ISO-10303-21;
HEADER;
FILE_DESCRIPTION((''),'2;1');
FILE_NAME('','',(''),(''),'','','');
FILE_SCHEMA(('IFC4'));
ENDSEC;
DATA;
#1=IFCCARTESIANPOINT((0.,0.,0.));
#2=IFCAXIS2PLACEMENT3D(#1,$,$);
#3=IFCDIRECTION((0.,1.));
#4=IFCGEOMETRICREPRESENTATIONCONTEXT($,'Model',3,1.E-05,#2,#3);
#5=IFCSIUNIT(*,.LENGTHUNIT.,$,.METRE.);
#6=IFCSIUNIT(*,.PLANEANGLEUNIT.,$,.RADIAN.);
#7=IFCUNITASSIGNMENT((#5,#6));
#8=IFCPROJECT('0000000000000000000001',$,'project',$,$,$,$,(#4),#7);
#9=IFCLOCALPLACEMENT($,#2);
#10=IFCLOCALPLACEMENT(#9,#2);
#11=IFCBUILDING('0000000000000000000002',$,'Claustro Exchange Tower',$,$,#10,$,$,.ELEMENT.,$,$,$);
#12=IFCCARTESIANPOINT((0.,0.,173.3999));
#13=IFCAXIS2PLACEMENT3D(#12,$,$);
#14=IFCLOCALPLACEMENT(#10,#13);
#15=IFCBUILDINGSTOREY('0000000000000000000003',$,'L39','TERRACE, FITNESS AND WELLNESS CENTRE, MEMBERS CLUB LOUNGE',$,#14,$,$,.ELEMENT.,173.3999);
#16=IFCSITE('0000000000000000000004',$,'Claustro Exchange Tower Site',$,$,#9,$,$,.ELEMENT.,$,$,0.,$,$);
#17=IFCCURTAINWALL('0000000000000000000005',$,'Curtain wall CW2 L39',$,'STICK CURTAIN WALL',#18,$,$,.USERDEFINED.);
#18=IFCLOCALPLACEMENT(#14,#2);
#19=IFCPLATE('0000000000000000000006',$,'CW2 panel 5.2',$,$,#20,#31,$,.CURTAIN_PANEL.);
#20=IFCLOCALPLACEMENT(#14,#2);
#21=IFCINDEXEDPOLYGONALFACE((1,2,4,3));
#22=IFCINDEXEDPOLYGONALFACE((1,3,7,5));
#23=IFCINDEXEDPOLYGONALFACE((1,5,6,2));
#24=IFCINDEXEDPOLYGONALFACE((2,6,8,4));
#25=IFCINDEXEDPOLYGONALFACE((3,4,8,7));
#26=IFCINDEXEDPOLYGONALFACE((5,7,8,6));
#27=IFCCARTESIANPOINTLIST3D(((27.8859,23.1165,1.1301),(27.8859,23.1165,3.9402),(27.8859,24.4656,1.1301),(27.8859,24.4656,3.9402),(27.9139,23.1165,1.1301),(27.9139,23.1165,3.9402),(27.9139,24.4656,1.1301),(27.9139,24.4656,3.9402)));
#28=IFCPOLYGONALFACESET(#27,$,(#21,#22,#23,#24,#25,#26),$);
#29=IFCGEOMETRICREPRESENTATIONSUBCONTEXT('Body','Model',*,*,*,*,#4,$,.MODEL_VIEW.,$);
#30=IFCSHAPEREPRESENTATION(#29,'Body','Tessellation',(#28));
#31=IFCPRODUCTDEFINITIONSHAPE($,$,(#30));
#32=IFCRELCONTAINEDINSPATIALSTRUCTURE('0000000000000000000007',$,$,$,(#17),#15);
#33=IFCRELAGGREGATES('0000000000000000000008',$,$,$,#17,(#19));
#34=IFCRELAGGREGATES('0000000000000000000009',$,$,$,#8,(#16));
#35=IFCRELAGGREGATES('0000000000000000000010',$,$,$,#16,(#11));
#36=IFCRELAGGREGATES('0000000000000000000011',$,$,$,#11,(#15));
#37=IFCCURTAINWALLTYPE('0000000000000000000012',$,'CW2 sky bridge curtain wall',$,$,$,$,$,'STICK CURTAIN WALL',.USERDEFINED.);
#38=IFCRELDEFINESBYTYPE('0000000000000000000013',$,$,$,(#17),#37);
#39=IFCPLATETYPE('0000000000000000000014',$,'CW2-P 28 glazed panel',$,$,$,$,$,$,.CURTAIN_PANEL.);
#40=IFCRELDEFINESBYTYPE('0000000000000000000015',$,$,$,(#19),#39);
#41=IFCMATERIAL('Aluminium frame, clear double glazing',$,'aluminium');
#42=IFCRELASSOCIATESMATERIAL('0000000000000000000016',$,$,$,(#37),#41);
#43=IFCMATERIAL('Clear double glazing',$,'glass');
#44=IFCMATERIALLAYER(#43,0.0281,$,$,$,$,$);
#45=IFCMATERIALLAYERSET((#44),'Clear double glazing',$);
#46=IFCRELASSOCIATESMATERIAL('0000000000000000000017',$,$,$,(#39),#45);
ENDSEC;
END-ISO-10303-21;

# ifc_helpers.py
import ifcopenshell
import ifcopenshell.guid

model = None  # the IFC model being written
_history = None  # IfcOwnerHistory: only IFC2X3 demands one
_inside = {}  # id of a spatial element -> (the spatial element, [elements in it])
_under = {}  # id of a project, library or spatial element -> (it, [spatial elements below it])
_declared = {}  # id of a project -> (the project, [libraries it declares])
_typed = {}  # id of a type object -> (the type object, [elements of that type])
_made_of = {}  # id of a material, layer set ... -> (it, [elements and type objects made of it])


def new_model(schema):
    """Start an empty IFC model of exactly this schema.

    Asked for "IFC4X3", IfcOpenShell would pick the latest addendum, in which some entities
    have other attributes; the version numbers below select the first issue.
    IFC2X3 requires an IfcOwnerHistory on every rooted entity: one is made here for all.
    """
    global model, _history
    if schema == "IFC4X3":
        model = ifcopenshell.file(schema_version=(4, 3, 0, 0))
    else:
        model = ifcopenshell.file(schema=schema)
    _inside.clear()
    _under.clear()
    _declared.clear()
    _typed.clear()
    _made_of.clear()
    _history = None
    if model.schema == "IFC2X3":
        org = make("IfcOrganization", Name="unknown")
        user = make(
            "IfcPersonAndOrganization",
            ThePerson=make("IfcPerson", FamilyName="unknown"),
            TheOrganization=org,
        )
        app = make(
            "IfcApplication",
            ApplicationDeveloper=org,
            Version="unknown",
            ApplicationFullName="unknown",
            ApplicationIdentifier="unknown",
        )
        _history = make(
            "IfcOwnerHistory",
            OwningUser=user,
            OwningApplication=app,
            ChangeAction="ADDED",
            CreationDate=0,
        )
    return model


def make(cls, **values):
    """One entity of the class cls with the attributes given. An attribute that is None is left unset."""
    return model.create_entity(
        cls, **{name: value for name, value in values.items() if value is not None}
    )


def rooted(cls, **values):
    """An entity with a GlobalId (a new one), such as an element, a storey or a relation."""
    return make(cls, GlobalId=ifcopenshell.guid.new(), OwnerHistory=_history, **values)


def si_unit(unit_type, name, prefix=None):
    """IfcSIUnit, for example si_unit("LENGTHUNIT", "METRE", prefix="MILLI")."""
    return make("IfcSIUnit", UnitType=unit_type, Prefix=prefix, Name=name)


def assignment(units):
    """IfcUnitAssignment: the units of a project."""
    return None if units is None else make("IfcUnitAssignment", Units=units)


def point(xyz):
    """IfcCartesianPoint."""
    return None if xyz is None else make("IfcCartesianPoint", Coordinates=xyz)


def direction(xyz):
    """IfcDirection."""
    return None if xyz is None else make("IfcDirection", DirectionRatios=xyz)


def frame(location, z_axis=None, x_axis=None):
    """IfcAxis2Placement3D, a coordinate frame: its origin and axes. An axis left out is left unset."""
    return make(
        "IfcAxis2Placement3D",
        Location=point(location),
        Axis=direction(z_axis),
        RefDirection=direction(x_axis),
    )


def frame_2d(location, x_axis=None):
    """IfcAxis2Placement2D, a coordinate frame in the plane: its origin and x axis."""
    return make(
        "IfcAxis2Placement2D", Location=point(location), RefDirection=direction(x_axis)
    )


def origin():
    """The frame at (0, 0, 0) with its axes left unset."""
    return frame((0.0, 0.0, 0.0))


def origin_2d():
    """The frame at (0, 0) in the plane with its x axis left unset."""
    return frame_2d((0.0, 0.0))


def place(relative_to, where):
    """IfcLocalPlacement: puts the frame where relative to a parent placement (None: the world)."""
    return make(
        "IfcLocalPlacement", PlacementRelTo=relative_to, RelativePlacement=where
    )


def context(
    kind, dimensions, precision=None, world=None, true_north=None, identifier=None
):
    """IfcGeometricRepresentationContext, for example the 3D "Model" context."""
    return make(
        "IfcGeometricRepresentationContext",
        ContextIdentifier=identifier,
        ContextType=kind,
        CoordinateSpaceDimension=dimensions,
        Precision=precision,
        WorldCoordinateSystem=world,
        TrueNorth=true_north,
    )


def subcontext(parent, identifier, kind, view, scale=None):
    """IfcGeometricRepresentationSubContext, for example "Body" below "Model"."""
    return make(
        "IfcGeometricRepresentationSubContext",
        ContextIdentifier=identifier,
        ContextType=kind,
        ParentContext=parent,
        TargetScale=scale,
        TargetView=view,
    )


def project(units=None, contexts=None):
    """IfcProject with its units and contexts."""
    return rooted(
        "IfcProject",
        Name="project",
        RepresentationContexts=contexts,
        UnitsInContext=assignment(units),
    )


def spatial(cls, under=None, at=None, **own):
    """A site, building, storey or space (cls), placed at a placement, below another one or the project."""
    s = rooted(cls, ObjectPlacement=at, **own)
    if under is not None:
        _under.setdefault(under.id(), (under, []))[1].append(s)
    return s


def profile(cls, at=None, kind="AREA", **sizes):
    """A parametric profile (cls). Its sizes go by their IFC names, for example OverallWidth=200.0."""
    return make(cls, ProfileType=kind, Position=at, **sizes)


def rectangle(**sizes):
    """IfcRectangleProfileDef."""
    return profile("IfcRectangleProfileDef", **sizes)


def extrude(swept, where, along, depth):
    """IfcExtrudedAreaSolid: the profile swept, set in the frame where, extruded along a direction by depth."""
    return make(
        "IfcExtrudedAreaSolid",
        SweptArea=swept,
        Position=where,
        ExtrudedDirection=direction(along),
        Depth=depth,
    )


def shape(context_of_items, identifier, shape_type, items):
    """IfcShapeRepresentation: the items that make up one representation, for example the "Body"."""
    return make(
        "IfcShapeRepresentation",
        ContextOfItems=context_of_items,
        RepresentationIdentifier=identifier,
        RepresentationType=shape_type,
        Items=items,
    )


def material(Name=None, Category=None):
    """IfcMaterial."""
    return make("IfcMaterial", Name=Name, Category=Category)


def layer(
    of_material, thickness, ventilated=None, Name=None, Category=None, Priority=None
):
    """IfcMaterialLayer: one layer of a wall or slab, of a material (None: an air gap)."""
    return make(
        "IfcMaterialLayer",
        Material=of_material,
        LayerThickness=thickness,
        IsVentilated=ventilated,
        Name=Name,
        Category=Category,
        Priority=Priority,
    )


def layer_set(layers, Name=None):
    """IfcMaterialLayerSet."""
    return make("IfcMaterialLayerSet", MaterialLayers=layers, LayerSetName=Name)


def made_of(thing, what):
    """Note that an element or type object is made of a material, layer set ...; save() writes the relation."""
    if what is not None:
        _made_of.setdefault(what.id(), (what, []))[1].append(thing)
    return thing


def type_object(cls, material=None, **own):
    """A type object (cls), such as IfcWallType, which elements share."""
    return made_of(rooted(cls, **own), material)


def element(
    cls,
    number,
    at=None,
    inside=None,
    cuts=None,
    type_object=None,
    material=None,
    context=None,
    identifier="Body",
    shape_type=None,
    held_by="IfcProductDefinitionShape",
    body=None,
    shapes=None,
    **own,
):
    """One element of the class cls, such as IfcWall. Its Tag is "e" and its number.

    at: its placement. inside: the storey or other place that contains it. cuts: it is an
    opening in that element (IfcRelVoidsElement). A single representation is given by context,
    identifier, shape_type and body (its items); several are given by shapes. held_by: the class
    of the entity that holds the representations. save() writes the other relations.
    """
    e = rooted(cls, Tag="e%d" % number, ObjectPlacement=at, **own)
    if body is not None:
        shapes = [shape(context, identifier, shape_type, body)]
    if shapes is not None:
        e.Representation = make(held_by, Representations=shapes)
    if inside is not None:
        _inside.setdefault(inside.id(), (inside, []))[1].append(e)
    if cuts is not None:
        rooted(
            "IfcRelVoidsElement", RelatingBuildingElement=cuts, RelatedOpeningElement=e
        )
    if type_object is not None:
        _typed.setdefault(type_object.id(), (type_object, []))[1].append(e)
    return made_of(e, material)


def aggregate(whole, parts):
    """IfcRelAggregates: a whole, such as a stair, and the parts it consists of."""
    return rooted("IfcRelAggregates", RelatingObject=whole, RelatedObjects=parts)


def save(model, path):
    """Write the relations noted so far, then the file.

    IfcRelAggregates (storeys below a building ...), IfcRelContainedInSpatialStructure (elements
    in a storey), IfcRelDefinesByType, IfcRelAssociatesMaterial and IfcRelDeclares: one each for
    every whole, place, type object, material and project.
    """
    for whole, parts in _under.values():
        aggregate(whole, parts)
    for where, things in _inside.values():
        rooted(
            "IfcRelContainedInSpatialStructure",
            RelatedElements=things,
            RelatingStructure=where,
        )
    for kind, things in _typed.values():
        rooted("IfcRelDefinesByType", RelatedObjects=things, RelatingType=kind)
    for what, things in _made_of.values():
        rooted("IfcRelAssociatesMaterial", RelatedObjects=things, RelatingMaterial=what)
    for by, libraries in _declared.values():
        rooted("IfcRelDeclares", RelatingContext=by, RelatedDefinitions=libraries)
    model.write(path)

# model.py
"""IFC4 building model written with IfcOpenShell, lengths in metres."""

from ifc_helpers import new_model, si_unit, direction, frame, origin, origin_2d, place, context, subcontext, project, spatial, rectangle, extrude, material, layer, layer_set, type_object, element, aggregate, save


model = new_model("IFC4")

# Units and contexts
model_context = context("Model", 3, precision=1e-05, world=origin(), true_north=direction((0.0, 1.0)))
body_context = subcontext(model_context, "Body", "Model", "MODEL_VIEW")
ifc_project = project(units=[si_unit("LENGTHUNIT", "METRE"), si_unit("PLANEANGLEUNIT", "RADIAN")], contexts=[model_context])

# Site, building, storey
site_placement = place(None, origin())
site = spatial("IfcSite", under=ifc_project, at=site_placement, Name="Claustro Exchange Tower Site", CompositionType="ELEMENT", RefElevation=0.0)
building_placement = place(site_placement, origin())
building = spatial("IfcBuilding", under=site, at=building_placement, Name="Claustro Exchange Tower", CompositionType="ELEMENT")
storey_placement = place(building_placement, frame((0.0, 0.0, 173.3999)))
storey = spatial("IfcBuildingStorey", under=building, at=storey_placement, Name="L39", Description="TERRACE, FITNESS AND WELLNESS CENTRE, MEMBERS CLUB LOUNGE", CompositionType="ELEMENT", Elevation=173.3999)

# Curtain wall, plate
ifc_material_1 = material(Name="Aluminium frame, clear double glazing", Category="aluminium")
curtain_wall_type = type_object("IfcCurtainWallType", Name="CW2 sky bridge curtain wall", ElementType="STICK CURTAIN WALL", PredefinedType="USERDEFINED", material=ifc_material_1)
curtain_wall_placement = place(storey_placement, origin())
curtain_wall = element("IfcCurtainWall", 1, at=curtain_wall_placement, inside=storey, type_object=curtain_wall_type, Name="Curtain wall CW2 L39", ObjectType="STICK CURTAIN WALL", PredefinedType="USERDEFINED")
ifc_material_2 = material(Name="Clear double glazing", Category="glass")
ifc_layer = layer(ifc_material_2, 0.0281)
ifc_layer_set = layer_set([ifc_layer], Name="Clear double glazing")
plate_type = type_object("IfcPlateType", Name="CW2-P 28 glazed panel", PredefinedType="CURTAIN_PANEL", material=ifc_layer_set)
plate_1_placement = place(storey_placement, frame((27.8999, 23.791, 1.1301), z_axis=(0.0, 0.0, 1.0), x_axis=(0.0, 1.0, 0.0)))
plate_1 = element("IfcPlate", 2, at=plate_1_placement, type_object=plate_type, Name="CW2 panel 5.2", PredefinedType="CURTAIN_PANEL", context=body_context, shape_type="SweptSolid", body=[
    extrude(rectangle(XDim=1.3491, YDim=0.0281, at=origin_2d()), origin(), (0.0, 0.0, 1.0), 2.8101),
])
aggregate(curtain_wall, [plate_1])

save(model, "model.ifc")
